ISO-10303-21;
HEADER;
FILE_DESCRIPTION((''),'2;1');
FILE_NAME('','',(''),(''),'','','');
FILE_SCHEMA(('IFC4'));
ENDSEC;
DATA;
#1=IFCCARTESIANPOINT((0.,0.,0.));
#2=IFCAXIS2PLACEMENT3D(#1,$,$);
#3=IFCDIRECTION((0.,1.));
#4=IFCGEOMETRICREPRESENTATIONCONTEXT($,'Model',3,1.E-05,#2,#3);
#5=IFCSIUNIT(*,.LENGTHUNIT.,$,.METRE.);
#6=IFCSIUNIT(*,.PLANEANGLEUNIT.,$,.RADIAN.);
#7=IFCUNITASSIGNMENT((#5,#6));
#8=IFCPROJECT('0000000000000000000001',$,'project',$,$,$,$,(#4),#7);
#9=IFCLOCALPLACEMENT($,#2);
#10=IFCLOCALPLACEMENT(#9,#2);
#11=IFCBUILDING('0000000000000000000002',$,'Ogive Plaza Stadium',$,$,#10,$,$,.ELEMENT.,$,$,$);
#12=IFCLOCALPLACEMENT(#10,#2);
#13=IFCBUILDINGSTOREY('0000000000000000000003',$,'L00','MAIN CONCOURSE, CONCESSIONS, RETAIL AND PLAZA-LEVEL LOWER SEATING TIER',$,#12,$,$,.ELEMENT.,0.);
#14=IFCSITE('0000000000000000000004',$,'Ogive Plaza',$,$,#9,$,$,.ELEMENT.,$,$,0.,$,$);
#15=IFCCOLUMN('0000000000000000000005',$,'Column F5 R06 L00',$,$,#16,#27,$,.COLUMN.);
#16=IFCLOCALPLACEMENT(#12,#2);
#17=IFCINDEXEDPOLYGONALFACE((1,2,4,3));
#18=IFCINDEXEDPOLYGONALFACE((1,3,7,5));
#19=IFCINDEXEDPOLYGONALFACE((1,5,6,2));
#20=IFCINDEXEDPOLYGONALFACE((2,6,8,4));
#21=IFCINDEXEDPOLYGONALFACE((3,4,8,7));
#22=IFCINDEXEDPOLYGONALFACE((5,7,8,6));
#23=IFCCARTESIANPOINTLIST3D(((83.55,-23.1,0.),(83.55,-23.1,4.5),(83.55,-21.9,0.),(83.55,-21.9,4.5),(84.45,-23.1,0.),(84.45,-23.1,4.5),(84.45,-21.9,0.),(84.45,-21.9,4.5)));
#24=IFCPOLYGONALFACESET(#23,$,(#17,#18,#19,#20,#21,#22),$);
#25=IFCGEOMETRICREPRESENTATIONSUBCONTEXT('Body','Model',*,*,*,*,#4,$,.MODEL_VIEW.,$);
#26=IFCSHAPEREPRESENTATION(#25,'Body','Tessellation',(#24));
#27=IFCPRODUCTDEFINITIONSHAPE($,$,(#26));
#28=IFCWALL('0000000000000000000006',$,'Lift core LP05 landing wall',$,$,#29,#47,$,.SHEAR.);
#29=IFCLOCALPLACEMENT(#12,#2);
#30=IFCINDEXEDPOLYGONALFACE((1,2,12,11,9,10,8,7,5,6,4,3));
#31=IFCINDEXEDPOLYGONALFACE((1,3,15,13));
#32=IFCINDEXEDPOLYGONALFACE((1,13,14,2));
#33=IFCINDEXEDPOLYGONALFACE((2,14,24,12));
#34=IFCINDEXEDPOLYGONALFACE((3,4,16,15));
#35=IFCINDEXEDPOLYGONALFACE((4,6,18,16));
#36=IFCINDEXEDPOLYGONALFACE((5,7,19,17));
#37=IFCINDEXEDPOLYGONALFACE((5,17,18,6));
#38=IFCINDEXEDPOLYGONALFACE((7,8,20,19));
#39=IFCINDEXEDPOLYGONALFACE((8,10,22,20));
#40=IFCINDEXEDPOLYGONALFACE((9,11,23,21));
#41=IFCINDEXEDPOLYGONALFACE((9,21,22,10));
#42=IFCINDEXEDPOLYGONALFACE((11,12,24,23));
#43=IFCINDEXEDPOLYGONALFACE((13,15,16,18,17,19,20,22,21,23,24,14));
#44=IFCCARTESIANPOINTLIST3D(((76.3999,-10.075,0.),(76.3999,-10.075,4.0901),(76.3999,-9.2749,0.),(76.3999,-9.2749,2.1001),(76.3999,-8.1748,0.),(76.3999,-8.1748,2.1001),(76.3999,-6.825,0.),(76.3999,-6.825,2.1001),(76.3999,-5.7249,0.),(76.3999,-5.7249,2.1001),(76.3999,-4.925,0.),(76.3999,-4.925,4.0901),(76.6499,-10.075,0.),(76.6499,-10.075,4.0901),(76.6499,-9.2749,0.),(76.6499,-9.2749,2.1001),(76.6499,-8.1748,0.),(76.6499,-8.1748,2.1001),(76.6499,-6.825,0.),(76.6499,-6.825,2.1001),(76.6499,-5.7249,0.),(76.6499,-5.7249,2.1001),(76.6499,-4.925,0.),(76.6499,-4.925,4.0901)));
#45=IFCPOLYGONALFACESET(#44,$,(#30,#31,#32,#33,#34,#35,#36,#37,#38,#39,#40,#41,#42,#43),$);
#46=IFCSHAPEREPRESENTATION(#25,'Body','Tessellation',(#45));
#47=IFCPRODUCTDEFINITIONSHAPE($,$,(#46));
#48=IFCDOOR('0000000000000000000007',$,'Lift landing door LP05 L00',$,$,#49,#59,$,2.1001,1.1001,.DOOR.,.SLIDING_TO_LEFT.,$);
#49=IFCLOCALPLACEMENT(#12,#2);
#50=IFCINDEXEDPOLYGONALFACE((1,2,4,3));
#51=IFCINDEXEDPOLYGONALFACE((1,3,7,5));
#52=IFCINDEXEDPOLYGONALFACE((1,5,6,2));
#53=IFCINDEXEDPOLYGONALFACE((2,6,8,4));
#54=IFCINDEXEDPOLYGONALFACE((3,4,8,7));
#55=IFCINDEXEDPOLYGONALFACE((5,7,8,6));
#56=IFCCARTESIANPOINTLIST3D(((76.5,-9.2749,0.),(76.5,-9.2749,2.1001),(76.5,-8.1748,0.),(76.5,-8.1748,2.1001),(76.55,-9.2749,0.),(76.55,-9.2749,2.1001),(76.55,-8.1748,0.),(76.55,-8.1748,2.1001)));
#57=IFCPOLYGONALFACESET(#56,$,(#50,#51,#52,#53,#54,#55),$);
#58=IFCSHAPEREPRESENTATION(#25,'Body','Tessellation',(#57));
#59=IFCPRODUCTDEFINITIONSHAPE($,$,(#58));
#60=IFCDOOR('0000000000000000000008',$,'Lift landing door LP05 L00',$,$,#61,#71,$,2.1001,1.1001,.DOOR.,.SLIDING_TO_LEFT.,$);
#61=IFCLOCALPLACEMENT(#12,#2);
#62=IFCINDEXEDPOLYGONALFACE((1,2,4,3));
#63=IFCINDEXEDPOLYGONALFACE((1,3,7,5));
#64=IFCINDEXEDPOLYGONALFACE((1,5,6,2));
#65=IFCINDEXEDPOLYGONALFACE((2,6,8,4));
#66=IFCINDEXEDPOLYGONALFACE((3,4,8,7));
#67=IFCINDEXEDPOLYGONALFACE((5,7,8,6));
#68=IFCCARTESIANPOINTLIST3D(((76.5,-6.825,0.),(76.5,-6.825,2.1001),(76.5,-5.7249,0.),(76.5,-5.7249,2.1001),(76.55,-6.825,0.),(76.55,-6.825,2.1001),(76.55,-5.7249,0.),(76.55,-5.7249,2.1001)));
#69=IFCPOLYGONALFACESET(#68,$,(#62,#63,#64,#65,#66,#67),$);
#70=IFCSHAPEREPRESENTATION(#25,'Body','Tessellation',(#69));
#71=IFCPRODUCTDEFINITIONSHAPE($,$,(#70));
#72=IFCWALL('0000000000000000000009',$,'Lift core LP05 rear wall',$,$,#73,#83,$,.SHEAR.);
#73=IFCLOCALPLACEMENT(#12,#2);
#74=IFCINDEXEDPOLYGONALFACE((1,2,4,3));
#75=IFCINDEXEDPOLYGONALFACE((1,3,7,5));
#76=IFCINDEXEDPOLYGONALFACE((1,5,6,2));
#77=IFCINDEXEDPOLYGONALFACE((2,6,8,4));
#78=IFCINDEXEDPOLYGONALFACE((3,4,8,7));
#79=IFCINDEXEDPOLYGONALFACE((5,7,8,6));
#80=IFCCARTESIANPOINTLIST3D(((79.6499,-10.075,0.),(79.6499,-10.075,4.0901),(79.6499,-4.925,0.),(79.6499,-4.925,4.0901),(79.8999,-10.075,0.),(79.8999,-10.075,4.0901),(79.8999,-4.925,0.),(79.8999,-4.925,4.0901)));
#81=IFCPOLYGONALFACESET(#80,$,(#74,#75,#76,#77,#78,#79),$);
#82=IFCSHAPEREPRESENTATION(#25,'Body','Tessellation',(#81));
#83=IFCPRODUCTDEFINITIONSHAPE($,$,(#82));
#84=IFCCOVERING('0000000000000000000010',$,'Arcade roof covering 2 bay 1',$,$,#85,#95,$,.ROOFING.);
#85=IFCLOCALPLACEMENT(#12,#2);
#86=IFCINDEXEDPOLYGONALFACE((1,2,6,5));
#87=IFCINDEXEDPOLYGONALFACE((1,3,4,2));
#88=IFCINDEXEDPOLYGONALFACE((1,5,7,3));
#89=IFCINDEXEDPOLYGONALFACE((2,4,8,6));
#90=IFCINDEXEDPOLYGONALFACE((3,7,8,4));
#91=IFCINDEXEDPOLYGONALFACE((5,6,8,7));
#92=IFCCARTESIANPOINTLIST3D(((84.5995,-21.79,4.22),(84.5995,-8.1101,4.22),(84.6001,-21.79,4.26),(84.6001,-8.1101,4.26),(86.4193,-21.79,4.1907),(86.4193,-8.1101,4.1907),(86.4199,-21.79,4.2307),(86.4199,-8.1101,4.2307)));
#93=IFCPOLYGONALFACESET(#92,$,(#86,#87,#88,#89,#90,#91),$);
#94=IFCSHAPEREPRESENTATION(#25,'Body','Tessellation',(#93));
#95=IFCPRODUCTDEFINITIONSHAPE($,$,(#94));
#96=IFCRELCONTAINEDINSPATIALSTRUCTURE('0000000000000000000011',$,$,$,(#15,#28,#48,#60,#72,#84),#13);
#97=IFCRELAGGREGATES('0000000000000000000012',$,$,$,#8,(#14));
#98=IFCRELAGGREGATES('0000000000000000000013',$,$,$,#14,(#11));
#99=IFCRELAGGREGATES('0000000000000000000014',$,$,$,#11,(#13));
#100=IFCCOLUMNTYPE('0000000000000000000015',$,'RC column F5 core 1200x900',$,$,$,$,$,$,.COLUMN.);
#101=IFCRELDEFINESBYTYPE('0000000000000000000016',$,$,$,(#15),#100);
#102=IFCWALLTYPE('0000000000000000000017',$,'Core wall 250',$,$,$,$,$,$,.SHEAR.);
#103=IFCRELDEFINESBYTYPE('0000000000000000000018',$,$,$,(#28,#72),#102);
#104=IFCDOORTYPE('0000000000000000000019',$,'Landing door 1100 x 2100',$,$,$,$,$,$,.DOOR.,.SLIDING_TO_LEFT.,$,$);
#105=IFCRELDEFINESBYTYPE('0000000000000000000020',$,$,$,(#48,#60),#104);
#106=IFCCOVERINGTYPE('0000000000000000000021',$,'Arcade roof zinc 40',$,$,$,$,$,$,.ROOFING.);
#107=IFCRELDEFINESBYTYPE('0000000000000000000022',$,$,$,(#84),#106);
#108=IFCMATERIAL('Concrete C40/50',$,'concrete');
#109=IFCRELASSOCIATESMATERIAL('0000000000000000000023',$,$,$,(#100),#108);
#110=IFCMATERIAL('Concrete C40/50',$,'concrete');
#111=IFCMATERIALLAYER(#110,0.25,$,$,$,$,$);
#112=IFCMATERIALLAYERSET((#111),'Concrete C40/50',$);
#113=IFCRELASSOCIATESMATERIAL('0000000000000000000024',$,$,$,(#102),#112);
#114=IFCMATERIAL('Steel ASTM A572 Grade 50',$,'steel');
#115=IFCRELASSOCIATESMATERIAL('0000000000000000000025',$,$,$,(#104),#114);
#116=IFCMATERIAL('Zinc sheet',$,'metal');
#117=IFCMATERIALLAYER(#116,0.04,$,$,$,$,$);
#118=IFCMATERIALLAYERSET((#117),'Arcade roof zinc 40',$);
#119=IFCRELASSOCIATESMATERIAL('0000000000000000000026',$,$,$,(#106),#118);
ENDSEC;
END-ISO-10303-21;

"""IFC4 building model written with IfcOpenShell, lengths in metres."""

from ifc_helpers import new_model, si_unit, direction, frame, frame_2d, origin, origin_2d, place, context, subcontext, project, spatial, polyline, rectangle, outline, extrude, material, layer, layer_set, material_profile, profile_set, type_object, element, fill, save


model = new_model("IFC4")

# Units and contexts
model_context = context("Model", 3, precision=1e-05, world=origin(), true_north=direction((0.0, 1.0)))
body_context = subcontext(model_context, "Body", "Model", "MODEL_VIEW")
ifc_project = project(units=[si_unit("LENGTHUNIT", "METRE"), si_unit("PLANEANGLEUNIT", "RADIAN")], contexts=[model_context])

# Site, building, storey
site_placement = place(None, origin())
site = spatial("IfcSite", under=ifc_project, at=site_placement, Name="Ogive Plaza", CompositionType="ELEMENT", RefElevation=0.0)
building_placement = place(site_placement, origin())
building = spatial("IfcBuilding", under=site, at=building_placement, Name="Ogive Plaza Stadium", CompositionType="ELEMENT")
storey_placement = place(building_placement, origin())
storey = spatial("IfcBuildingStorey", under=building, at=storey_placement, Name="L00", Description="MAIN CONCOURSE, CONCESSIONS, RETAIL AND PLAZA-LEVEL LOWER SEATING TIER", CompositionType="ELEMENT", Elevation=0.0)

# Column
ifc_material_1 = material(Name="Concrete C40/50", Category="concrete")
ifc_material_profile_1 = material_profile(ifc_material_1, rectangle(XDim=1.2, YDim=0.8999, at=origin_2d()), Name="RC 1200x900")
ifc_profile_set_1 = profile_set([ifc_material_profile_1], Name="Concrete C40/50")
column_type = type_object("IfcColumnType", Name="RC column F5 core 1200x900", PredefinedType="COLUMN", material=ifc_profile_set_1)
column_placement = place(storey_placement, frame((84.0, -22.5, 0.0), z_axis=(0.0, 0.0, 1.0), x_axis=(0.0, 1.0, 0.0)))
element("IfcColumn", 1, at=column_placement, inside=storey, type_object=column_type, Name="Column F5 R06 L00", PredefinedType="COLUMN", context=body_context, shape_type="SweptSolid", body=[
    extrude(rectangle(XDim=1.2, YDim=0.8999, at=origin_2d()), origin(), (0.0, 0.0, 1.0), 4.5),
])

# Wall, openings, doors
ifc_material_2 = material(Name="Concrete C40/50", Category="concrete")
ifc_layer_1 = layer(ifc_material_2, 0.25)
ifc_layer_set_1 = layer_set([ifc_layer_1], Name="Concrete C40/50")
wall_type = type_object("IfcWallType", Name="Core wall 250", PredefinedType="SHEAR", material=ifc_layer_set_1)
wall_1_placement = place(storey_placement, frame((76.5249, -10.075, 0.0), z_axis=(0.0, 0.0, 1.0), x_axis=(0.0, 1.0, 0.0)))
wall_1 = element("IfcWall", 2, at=wall_1_placement, inside=storey, type_object=wall_type, Name="Lift core LP05 landing wall", PredefinedType="SHEAR", context=body_context, shape_type="SweptSolid", body=[
    extrude(rectangle(XDim=5.1499, YDim=0.25, at=frame_2d((2.575, 0.0))), origin(), (0.0, 0.0, 1.0), 4.0901),
])
opening_1_placement = place(wall_1_placement, frame((0.8, 0.0, 0.0)))
opening_1 = element("IfcOpeningElement", 3, at=opening_1_placement, cuts=wall_1, PredefinedType="OPENING", context=body_context, shape_type="SweptSolid", body=[
    extrude(rectangle(XDim=1.1001, YDim=2.1001, at=frame_2d((0.55, 1.05))), frame((0.0, 0.125, 0.0), z_axis=(0.0, -1.0, 0.0), x_axis=(1.0, 0.0, 0.0)), (0.0, 0.0, 1.0), 0.25),
])
opening_2_placement = place(wall_1_placement, frame((3.25, 0.0, 0.0)))
opening_2 = element("IfcOpeningElement", 4, at=opening_2_placement, cuts=wall_1, PredefinedType="OPENING", context=body_context, shape_type="SweptSolid", body=[
    extrude(rectangle(XDim=1.1001, YDim=2.1001, at=frame_2d((0.55, 1.05))), frame((0.0, 0.125, 0.0), z_axis=(0.0, -1.0, 0.0), x_axis=(1.0, 0.0, 0.0)), (0.0, 0.0, 1.0), 0.25),
])
ifc_material_3 = material(Name="Steel ASTM A572 Grade 50", Category="steel")
door_type = type_object("IfcDoorType", Name="Landing door 1100 x 2100", OperationType="SLIDING_TO_LEFT", PredefinedType="DOOR", material=ifc_material_3)
door_1_placement = place(opening_1_placement, origin())
door_1 = element("IfcDoor", 5, at=door_1_placement, inside=storey, type_object=door_type, Name="Lift landing door LP05 L00", OperationType="SLIDING_TO_LEFT", OverallHeight=2.1001, OverallWidth=1.1001, PredefinedType="DOOR", context=body_context, shape_type="SweptSolid", body=[
    extrude(rectangle(XDim=1.1001, YDim=2.1001, at=frame_2d((0.55, 1.05))), frame((0.0, 0.0249, 0.0), z_axis=(0.0, -1.0, 0.0), x_axis=(1.0, 0.0, 0.0)), (0.0, 0.0, 1.0), 0.05),
])
fill(opening_1, door_1)
door_2_placement = place(opening_2_placement, origin())
door_2 = element("IfcDoor", 6, at=door_2_placement, inside=storey, type_object=door_type, Name="Lift landing door LP05 L00", OperationType="SLIDING_TO_LEFT", OverallHeight=2.1001, OverallWidth=1.1001, PredefinedType="DOOR", context=body_context, shape_type="SweptSolid", body=[
    extrude(rectangle(XDim=1.1001, YDim=2.1001, at=frame_2d((0.55, 1.05))), frame((0.0, 0.0249, 0.0), z_axis=(0.0, -1.0, 0.0), x_axis=(1.0, 0.0, 0.0)), (0.0, 0.0, 1.0), 0.05),
])
fill(opening_2, door_2)

# Wall
wall_2_placement = place(storey_placement, frame((79.7749, -10.075, 0.0), z_axis=(0.0, 0.0, 1.0), x_axis=(0.0, 1.0, 0.0)))
element("IfcWall", 7, at=wall_2_placement, inside=storey, type_object=wall_type, Name="Lift core LP05 rear wall", PredefinedType="SHEAR", context=body_context, shape_type="SweptSolid", body=[
    extrude(rectangle(XDim=5.1499, YDim=0.25, at=frame_2d((2.575, 0.0))), origin(), (0.0, 0.0, 1.0), 4.0901),
])

# Covering
ifc_material_4 = material(Name="Zinc sheet", Category="metal")
ifc_layer_2 = layer(ifc_material_4, 0.04)
ifc_layer_set_2 = layer_set([ifc_layer_2], Name="Arcade roof zinc 40")
covering_type_1 = type_object("IfcCoveringType", Name="Arcade roof zinc 40", PredefinedType="ROOFING", material=ifc_layer_set_2)
covering_1_placement = place(storey_placement, frame((84.6001, -21.79, 4.26), z_axis=(0.016097, 0.0, 0.99987), x_axis=(0.99987, 0.0, -0.016097)))
element("IfcCovering", 8, at=covering_1_placement, inside=storey, type_object=covering_type_1, Name="Arcade roof covering 2 bay 1", PredefinedType="ROOFING", context=body_context, shape_type="SweptSolid", body=[
    extrude(outline(polyline([(0.0, 0.0), (1.8201, 0.0), (1.8201, 13.6799), (0.0, 13.6799), (0.0, 0.0)])), origin(), (0.0, 0.0, -1.0), 0.04),
])

save(model, "model.ifc")
